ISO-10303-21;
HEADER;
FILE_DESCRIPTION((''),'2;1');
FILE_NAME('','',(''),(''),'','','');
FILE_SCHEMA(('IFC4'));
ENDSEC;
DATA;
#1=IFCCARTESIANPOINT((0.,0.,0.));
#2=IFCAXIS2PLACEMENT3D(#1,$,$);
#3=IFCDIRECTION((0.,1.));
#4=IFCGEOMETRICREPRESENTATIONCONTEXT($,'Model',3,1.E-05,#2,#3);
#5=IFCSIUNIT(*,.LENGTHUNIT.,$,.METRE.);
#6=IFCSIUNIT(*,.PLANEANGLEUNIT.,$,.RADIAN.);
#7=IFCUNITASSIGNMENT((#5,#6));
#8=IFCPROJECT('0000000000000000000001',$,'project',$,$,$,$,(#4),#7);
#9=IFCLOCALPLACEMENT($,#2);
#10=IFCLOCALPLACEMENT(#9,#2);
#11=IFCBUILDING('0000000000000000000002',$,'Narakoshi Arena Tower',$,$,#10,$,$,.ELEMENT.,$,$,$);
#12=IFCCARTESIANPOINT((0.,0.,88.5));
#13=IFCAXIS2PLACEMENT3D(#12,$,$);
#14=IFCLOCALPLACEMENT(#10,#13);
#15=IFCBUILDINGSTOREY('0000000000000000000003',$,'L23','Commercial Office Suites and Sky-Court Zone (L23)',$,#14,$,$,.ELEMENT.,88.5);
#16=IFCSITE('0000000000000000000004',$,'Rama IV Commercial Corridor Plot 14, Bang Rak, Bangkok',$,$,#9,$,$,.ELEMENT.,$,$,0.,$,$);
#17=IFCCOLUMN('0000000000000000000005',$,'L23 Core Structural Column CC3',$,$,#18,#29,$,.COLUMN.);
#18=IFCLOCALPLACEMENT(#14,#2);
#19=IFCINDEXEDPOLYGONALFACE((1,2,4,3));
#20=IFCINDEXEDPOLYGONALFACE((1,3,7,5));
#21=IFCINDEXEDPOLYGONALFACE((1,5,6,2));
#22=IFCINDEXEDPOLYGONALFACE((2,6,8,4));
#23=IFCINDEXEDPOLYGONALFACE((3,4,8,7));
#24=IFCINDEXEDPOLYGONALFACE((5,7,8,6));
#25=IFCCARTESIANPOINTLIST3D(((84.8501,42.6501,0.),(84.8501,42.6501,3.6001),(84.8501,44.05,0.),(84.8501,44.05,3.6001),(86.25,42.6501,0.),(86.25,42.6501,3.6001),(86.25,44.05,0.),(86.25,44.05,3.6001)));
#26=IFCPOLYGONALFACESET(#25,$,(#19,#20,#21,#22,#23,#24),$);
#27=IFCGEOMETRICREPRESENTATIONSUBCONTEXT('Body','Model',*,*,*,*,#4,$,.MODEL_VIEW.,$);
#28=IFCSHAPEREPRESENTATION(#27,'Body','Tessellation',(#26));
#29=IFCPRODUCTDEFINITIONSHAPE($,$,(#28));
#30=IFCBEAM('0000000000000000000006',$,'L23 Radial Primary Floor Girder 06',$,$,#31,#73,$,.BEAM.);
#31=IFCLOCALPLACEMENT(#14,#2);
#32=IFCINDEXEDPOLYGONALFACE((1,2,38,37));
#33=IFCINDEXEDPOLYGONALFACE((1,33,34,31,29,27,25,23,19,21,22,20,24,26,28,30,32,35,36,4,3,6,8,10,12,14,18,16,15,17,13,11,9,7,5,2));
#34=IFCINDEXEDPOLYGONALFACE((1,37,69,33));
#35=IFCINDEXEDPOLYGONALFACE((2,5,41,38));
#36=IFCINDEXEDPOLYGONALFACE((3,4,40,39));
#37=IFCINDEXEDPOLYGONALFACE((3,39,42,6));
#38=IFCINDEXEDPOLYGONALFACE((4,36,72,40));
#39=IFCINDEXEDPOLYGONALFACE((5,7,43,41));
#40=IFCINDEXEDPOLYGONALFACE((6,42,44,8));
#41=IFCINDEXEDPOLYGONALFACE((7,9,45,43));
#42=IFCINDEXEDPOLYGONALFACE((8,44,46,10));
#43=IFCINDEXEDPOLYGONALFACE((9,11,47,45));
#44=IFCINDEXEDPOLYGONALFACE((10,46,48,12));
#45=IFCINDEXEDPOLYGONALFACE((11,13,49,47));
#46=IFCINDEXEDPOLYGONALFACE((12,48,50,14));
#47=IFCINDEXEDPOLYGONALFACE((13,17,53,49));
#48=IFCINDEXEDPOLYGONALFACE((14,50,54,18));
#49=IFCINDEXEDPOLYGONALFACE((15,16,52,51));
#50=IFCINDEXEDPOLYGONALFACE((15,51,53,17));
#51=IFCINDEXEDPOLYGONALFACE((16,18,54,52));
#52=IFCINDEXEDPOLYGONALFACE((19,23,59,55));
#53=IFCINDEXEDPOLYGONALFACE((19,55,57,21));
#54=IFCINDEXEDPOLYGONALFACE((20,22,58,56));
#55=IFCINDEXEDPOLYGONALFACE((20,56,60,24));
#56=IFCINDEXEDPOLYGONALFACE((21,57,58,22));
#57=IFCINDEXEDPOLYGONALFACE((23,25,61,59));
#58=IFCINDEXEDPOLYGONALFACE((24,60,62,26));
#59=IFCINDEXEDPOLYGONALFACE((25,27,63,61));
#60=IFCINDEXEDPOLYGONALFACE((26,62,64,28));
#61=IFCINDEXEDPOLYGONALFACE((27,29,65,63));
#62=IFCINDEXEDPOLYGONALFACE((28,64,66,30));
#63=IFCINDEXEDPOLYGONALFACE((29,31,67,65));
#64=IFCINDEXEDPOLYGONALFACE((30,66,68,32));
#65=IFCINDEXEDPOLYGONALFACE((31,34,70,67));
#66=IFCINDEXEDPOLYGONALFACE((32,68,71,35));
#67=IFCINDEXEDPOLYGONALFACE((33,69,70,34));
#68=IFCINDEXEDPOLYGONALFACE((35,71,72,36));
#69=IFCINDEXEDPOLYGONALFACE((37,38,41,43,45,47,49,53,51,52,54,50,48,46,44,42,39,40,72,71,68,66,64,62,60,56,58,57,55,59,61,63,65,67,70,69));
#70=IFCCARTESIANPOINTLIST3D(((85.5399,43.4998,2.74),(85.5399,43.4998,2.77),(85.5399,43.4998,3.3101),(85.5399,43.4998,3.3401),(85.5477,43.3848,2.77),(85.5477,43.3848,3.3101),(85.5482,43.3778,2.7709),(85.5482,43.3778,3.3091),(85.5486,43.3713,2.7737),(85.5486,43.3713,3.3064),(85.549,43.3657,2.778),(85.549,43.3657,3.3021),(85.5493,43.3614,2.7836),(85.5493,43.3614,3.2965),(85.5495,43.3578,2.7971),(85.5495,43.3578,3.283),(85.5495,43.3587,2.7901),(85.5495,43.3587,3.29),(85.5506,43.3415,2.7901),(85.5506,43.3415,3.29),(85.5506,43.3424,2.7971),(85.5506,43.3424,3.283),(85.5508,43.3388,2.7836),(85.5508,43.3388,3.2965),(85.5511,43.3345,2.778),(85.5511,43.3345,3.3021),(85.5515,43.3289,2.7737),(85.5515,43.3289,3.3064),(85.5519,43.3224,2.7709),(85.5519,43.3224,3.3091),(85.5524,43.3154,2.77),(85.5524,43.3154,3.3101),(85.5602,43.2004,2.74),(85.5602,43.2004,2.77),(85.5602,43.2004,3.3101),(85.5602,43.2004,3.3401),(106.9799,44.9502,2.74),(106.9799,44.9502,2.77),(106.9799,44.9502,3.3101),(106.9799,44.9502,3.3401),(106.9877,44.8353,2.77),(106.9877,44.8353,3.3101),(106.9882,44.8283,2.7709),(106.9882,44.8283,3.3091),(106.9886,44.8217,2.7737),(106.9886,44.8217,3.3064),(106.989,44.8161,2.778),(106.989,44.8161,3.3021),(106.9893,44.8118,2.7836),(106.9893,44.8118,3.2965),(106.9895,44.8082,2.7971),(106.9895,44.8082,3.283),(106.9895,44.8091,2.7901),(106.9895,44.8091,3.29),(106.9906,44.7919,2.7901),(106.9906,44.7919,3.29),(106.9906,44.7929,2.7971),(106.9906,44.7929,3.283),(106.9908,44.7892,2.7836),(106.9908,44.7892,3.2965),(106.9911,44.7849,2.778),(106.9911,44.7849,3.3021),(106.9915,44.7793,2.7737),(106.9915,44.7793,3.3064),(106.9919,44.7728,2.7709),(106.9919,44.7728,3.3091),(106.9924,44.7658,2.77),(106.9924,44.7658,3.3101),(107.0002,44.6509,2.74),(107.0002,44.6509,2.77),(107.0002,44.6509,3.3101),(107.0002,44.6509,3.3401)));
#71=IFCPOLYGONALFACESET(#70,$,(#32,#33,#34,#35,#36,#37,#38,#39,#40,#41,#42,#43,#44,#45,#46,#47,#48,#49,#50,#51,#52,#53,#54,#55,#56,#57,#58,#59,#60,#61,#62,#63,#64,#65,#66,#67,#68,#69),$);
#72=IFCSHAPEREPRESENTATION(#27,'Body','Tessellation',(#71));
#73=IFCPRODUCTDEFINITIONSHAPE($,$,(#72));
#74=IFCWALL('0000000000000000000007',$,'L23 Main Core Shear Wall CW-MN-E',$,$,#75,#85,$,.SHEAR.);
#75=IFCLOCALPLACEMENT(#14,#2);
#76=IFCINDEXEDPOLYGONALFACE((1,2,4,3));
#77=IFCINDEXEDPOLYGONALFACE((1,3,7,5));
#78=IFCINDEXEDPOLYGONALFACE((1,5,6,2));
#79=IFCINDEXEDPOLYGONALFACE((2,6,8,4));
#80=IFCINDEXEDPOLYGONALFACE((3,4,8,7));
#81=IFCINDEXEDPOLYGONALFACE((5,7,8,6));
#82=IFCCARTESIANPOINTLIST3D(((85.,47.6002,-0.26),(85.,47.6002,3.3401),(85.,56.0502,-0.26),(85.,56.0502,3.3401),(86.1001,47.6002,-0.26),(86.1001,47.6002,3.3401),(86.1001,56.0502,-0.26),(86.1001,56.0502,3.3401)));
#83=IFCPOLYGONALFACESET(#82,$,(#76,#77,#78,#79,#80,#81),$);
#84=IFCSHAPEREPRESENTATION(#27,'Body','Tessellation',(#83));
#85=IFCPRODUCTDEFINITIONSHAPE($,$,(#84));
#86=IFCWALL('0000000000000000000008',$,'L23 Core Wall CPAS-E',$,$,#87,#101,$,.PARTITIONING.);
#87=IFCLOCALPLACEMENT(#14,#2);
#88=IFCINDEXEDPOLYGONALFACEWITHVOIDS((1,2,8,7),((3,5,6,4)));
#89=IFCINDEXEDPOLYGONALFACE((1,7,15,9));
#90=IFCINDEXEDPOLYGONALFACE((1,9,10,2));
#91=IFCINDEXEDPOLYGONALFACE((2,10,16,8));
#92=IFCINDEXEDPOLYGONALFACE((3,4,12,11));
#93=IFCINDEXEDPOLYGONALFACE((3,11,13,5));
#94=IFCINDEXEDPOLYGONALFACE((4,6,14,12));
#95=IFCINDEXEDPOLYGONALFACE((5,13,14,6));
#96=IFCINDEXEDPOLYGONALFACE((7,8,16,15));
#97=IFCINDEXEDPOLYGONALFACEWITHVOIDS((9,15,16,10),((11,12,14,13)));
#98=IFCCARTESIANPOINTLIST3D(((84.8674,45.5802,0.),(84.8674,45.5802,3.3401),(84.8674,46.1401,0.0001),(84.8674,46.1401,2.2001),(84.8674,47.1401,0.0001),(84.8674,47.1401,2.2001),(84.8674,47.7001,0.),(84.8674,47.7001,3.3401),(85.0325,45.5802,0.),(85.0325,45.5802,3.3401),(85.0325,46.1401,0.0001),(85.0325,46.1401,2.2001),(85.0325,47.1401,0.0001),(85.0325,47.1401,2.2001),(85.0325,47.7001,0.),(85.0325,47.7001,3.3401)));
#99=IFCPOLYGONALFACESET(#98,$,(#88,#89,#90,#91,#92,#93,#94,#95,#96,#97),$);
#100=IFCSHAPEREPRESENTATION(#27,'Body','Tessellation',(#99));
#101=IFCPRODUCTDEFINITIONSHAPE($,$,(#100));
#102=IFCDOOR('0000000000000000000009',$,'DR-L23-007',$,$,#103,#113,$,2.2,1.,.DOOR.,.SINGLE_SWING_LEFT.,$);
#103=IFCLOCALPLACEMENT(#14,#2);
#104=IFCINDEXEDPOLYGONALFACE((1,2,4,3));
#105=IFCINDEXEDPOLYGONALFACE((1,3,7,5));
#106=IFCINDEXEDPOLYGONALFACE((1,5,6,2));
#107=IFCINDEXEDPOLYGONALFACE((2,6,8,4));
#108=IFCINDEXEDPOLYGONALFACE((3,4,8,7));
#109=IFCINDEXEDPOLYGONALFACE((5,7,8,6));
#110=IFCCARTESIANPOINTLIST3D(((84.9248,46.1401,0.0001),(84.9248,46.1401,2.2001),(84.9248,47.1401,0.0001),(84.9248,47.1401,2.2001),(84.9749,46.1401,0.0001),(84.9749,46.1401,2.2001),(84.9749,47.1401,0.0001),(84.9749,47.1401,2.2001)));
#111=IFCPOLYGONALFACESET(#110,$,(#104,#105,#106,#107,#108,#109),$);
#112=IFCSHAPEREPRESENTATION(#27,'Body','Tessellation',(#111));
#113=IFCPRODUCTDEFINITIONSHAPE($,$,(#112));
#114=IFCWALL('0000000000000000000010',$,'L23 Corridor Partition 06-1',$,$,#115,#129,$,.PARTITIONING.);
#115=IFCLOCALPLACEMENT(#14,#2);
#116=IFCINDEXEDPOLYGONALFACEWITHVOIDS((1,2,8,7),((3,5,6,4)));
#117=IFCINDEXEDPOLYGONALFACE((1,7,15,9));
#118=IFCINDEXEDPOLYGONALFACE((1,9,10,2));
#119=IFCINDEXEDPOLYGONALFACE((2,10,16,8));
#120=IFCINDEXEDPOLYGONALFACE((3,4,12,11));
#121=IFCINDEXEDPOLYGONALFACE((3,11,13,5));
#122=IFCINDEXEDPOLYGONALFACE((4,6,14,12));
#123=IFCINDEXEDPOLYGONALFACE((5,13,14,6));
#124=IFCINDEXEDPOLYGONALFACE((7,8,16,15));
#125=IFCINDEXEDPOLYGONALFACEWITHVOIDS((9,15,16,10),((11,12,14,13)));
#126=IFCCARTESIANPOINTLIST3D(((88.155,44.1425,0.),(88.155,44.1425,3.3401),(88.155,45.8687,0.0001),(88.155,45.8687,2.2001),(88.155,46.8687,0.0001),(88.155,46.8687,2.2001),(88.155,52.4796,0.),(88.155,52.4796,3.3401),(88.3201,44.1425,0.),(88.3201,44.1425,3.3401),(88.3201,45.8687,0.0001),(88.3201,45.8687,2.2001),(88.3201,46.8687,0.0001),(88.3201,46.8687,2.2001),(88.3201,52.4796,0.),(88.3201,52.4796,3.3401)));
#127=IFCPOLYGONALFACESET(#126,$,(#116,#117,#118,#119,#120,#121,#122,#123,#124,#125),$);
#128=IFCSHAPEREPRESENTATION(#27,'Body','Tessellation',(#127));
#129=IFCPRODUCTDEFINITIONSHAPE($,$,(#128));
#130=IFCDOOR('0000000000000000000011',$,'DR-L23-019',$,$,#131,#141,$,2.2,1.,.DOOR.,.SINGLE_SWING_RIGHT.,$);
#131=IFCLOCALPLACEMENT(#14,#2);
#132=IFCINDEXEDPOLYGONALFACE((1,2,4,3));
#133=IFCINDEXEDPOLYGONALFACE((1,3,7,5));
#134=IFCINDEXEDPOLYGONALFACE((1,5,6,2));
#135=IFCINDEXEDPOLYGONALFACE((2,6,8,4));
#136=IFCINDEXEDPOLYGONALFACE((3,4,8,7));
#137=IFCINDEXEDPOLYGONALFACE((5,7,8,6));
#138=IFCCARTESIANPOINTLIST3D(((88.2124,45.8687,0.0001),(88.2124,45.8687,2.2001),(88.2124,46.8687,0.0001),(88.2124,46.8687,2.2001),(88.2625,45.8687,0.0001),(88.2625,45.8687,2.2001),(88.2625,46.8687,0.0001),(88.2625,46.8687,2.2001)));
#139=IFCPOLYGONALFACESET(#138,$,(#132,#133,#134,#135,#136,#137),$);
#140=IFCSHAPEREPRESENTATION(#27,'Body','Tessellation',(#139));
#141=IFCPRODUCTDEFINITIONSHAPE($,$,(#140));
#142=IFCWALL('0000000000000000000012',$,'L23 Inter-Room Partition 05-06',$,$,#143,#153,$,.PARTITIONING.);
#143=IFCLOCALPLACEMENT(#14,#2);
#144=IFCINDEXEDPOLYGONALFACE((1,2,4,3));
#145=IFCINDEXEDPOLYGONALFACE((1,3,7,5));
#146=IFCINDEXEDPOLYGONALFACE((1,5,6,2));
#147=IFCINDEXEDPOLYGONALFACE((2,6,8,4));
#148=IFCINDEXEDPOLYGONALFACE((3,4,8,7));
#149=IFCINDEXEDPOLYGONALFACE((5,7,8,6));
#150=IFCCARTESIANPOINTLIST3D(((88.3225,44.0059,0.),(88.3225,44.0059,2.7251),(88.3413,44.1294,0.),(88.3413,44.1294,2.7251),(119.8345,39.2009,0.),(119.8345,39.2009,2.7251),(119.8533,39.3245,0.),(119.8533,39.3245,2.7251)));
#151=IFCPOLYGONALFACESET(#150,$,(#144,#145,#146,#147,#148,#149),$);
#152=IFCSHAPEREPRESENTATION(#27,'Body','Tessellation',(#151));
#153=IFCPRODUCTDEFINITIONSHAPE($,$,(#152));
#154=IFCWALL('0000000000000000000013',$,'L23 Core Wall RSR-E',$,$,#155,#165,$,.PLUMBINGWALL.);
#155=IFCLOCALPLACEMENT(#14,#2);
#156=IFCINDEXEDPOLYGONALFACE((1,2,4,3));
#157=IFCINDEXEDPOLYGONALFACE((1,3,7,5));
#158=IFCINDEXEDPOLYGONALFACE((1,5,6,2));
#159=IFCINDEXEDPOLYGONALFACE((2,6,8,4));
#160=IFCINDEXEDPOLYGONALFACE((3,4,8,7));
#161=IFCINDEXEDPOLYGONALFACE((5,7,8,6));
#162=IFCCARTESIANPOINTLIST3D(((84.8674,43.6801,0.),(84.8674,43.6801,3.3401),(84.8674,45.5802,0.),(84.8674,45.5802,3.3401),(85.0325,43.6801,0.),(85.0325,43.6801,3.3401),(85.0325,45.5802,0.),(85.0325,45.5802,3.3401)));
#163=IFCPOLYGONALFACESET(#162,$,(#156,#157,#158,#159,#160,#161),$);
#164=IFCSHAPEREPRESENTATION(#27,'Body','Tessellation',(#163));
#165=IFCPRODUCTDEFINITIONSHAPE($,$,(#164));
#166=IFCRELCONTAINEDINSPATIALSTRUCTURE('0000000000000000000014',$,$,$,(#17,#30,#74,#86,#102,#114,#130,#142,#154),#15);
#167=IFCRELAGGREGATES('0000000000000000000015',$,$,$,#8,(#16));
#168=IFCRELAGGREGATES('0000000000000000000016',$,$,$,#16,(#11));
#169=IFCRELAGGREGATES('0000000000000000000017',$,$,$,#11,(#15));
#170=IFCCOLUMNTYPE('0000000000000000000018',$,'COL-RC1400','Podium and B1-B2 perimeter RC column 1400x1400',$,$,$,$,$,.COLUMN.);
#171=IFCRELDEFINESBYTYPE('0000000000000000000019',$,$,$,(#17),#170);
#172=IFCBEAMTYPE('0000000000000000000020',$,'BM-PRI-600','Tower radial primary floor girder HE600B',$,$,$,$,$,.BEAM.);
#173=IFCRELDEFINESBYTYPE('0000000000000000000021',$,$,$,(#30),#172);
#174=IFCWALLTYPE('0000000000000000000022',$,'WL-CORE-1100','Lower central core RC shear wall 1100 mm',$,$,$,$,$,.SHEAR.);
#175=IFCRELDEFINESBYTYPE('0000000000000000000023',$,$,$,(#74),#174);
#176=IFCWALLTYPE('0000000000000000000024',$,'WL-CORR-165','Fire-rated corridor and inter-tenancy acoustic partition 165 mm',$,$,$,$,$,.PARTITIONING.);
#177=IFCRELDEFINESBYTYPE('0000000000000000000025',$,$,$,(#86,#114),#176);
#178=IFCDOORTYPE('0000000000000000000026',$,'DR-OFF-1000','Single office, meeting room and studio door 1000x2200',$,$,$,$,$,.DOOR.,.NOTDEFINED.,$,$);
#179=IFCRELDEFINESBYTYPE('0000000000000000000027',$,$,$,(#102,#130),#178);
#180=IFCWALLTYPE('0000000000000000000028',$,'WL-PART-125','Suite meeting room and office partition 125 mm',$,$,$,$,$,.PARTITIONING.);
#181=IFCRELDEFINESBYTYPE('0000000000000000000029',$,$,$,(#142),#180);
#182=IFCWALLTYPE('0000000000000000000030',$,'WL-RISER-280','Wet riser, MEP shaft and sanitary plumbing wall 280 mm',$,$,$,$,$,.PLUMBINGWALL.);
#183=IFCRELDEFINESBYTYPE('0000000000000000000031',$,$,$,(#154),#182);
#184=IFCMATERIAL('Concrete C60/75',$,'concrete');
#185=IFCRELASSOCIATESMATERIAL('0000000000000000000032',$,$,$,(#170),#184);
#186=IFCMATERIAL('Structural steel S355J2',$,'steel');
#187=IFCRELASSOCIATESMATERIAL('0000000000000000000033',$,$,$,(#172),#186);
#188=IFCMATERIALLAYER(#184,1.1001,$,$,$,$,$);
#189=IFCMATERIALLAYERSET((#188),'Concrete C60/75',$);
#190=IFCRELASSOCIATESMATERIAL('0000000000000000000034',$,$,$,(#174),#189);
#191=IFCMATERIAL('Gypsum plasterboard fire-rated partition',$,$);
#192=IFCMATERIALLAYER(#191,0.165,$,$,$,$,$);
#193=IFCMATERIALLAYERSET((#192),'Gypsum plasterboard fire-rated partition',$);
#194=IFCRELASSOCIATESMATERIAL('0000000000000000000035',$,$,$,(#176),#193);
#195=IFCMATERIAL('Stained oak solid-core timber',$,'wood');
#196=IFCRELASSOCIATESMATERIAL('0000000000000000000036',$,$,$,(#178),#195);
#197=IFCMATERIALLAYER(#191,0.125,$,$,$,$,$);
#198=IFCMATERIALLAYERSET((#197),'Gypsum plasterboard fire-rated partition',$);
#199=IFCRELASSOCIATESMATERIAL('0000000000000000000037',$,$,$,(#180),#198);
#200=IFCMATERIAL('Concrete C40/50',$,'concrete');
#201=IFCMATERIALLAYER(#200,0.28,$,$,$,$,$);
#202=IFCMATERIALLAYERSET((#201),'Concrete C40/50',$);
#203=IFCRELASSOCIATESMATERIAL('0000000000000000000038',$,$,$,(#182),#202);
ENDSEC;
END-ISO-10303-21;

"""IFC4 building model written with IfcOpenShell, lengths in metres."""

from ifc_helpers import new_model, si_unit, direction, frame, frame_2d, origin, origin_2d, place, context, subcontext, project, spatial, rectangle, i_section, extrude, material, layer, layer_set, material_profile, profile_set, type_object, element, fill, save


model = new_model("IFC4")

# Units and contexts
model_context = context("Model", 3, precision=1e-05, world=origin(), true_north=direction((0.0, 1.0)))
body_context = subcontext(model_context, "Body", "Model", "MODEL_VIEW")
ifc_project = project(units=[si_unit("LENGTHUNIT", "METRE"), si_unit("PLANEANGLEUNIT", "RADIAN")], contexts=[model_context])

# Site, building, storey
site_placement = place(None, origin())
site = spatial("IfcSite", under=ifc_project, at=site_placement, Name="Rama IV Commercial Corridor Plot 14, Bang Rak, Bangkok", CompositionType="ELEMENT", RefElevation=0.0)
building_placement = place(site_placement, origin())
building = spatial("IfcBuilding", under=site, at=building_placement, Name="Narakoshi Arena Tower", CompositionType="ELEMENT")
storey_placement = place(building_placement, frame((0.0, 0.0, 88.5)))
storey = spatial("IfcBuildingStorey", under=building, at=storey_placement, Name="L23", Description="Commercial Office Suites and Sky-Court Zone (L23)", CompositionType="ELEMENT", Elevation=88.5)

# Column
ifc_material_1 = material(Name="Concrete C60/75", Category="concrete")
ifc_material_profile_1 = material_profile(ifc_material_1, rectangle(XDim=1.3999, YDim=1.3999, at=origin_2d()), Name="RC1400x1400")
ifc_profile_set_1 = profile_set([ifc_material_profile_1], Name="Concrete C60/75")
column_type = type_object("IfcColumnType", Name="COL-RC1400", Description="Podium and B1-B2 perimeter RC column 1400x1400", PredefinedType="COLUMN", material=ifc_profile_set_1)
column_placement = place(storey_placement, frame((85.55, 43.3501, 0.0), z_axis=(0.0, 0.0, 1.0), x_axis=(1.0, 0.0, 0.0)))
element("IfcColumn", 1, at=column_placement, inside=storey, type_object=column_type, Name="L23 Core Structural Column CC3", PredefinedType="COLUMN", context=body_context, shape_type="SweptSolid", body=[
    extrude(rectangle(XDim=1.3999, YDim=1.3999, at=origin_2d()), origin(), (0.0, 0.0, 1.0), 3.6001),
])

# Beam
ifc_material_2 = material(Name="Structural steel S355J2", Category="steel")
ifc_material_profile_2 = material_profile(ifc_material_2, i_section(OverallWidth=0.3, OverallDepth=0.6001, WebThickness=0.0154, FlangeThickness=0.03, FilletRadius=0.0271, at=origin_2d()), Name="HE600B")
ifc_profile_set_2 = profile_set([ifc_material_profile_2], Name="Structural steel S355J2")
beam_type = type_object("IfcBeamType", Name="BM-PRI-600", Description="Tower radial primary floor girder HE600B", PredefinedType="BEAM", material=ifc_profile_set_2)
beam_placement = place(storey_placement, frame((85.55, 43.3501, 3.04), z_axis=(0.997719, 0.067497, 0.0), x_axis=(-0.067497, 0.997719, 0.0)))
element("IfcBeam", 2, at=beam_placement, inside=storey, type_object=beam_type, Name="L23 Radial Primary Floor Girder 06", PredefinedType="BEAM", context=body_context, shape_type="SweptSolid", body=[
    extrude(i_section(OverallWidth=0.3, OverallDepth=0.6001, WebThickness=0.0154, FlangeThickness=0.03, FilletRadius=0.0271, at=origin_2d()), origin(), (0.0, 0.0, 1.0), 21.489),
])

# Wall
ifc_layer_1 = layer(ifc_material_1, 1.1001)
ifc_layer_set_1 = layer_set([ifc_layer_1], Name="Concrete C60/75")
wall_type_1 = type_object("IfcWallType", Name="WL-CORE-1100", Description="Lower central core RC shear wall 1100 mm", PredefinedType="SHEAR", material=ifc_layer_set_1)
wall_1_placement = place(storey_placement, frame((85.55, 47.6001, -0.26), z_axis=(0.0, 0.0, 1.0), x_axis=(0.0, 1.0, 0.0)))
element("IfcWall", 3, at=wall_1_placement, inside=storey, type_object=wall_type_1, Name="L23 Main Core Shear Wall CW-MN-E", PredefinedType="SHEAR", context=body_context, shape_type="SweptSolid", body=[
    extrude(rectangle(XDim=8.45, YDim=1.1001, at=frame_2d((4.2251, 0.0))), origin(), (0.0, 0.0, 1.0), 3.6001),
])

# Walls, openings, doors
ifc_material_3 = material(Name="Gypsum plasterboard fire-rated partition")
ifc_layer_2 = layer(ifc_material_3, 0.165)
ifc_layer_set_2 = layer_set([ifc_layer_2], Name="Gypsum plasterboard fire-rated partition")
wall_type_2 = type_object("IfcWallType", Name="WL-CORR-165", Description="Fire-rated corridor and inter-tenancy acoustic partition 165 mm", PredefinedType="PARTITIONING", material=ifc_layer_set_2)
wall_2_placement = place(storey_placement, frame((84.95, 45.5801, 0.0), z_axis=(0.0, 0.0, 1.0), x_axis=(0.0, 1.0, 0.0)))
wall_2 = element("IfcWall", 4, at=wall_2_placement, inside=storey, type_object=wall_type_2, Name="L23 Core Wall CPAS-E", PredefinedType="PARTITIONING", context=body_context, shape_type="SweptSolid", body=[
    extrude(rectangle(XDim=2.1199, YDim=0.165, at=frame_2d((1.0601, 0.0))), origin(), (0.0, 0.0, 1.0), 3.3401),
])
opening_1_placement = place(wall_2_placement, frame((0.5601, 0.0, 0.0)))
opening_1 = element("IfcOpeningElement", 5, at=opening_1_placement, cuts=wall_2, PredefinedType="OPENING", context=body_context, shape_type="SweptSolid", body=[
    extrude(rectangle(XDim=1.0, YDim=2.2, at=frame_2d((0.5, 1.1001))), frame((0.0, 0.0925, 0.0), z_axis=(0.0, -1.0, 0.0), x_axis=(1.0, 0.0, 0.0)), (0.0, 0.0, 1.0), 0.1851),
])
ifc_material_4 = material(Name="Stained oak solid-core timber", Category="wood")
door_type_1 = type_object("IfcDoorType", Name="DR-OFF-1000", Description="Single office, meeting room and studio door 1000x2200", OperationType="NOTDEFINED", PredefinedType="DOOR", material=ifc_material_4)
door_1_placement = place(opening_1_placement, frame((1.0, 0.0, 0.0), z_axis=(0.0, 0.0, 1.0), x_axis=(-1.0, 0.0, 0.0)))
door_1 = element("IfcDoor", 6, at=door_1_placement, inside=storey, type_object=door_type_1, Name="DR-L23-007", OperationType="SINGLE_SWING_LEFT", OverallHeight=2.2, OverallWidth=1.0, PredefinedType="DOOR", context=body_context, shape_type="SweptSolid", body=[
    extrude(rectangle(XDim=1.0, YDim=2.2, at=frame_2d((0.5, 1.1001))), frame((0.0, 0.0249, 0.0), z_axis=(0.0, -1.0, 0.0), x_axis=(1.0, 0.0, 0.0)), (0.0, 0.0, 1.0), 0.05),
])
fill(opening_1, door_1)
wall_3_placement = place(storey_placement, frame((88.2375, 44.1426, 0.0), z_axis=(0.0, 0.0, 1.0), x_axis=(0.0, 1.0, 0.0)))
wall_3 = element("IfcWall", 7, at=wall_3_placement, inside=storey, type_object=wall_type_2, Name="L23 Corridor Partition 06-1", PredefinedType="PARTITIONING", context=body_context, shape_type="SweptSolid", body=[
    extrude(rectangle(XDim=8.3372, YDim=0.165, at=frame_2d((4.1685, 0.0))), origin(), (0.0, 0.0, 1.0), 3.3401),
])
opening_2_placement = place(wall_3_placement, frame((1.7261, 0.0, 0.0)))
opening_2 = element("IfcOpeningElement", 8, at=opening_2_placement, cuts=wall_3, PredefinedType="OPENING", context=body_context, shape_type="SweptSolid", body=[
    extrude(rectangle(XDim=1.0, YDim=2.2, at=frame_2d((0.5, 1.1001))), frame((0.0, 0.0925, 0.0), z_axis=(0.0, -1.0, 0.0), x_axis=(1.0, 0.0, 0.0)), (0.0, 0.0, 1.0), 0.1851),
])
door_2_placement = place(opening_2_placement, frame((1.0, 0.0, 0.0), z_axis=(0.0, 0.0, 1.0), x_axis=(-1.0, 0.0, 0.0)))
door_2 = element("IfcDoor", 9, at=door_2_placement, inside=storey, type_object=door_type_1, Name="DR-L23-019", OperationType="SINGLE_SWING_RIGHT", OverallHeight=2.2, OverallWidth=1.0, PredefinedType="DOOR", context=body_context, shape_type="SweptSolid", body=[
    extrude(rectangle(XDim=1.0, YDim=2.2, at=frame_2d((0.5, 1.1001))), frame((0.0, 0.0249, 0.0), z_axis=(0.0, -1.0, 0.0), x_axis=(1.0, 0.0, 0.0)), (0.0, 0.0, 1.0), 0.05),
])
fill(opening_2, door_2)

# Walls
ifc_layer_3 = layer(ifc_material_3, 0.125)
ifc_layer_set_3 = layer_set([ifc_layer_3], Name="Gypsum plasterboard fire-rated partition")
wall_type_3 = type_object("IfcWallType", Name="WL-PART-125", Description="Suite meeting room and office partition 125 mm", PredefinedType="PARTITIONING", material=ifc_layer_set_3)
wall_4_placement = place(storey_placement, frame((88.332, 44.0676, 0.0), z_axis=(0.0, 0.0, 1.0), x_axis=(0.988574, -0.150737, 0.0)))
element("IfcWall", 10, at=wall_4_placement, inside=storey, type_object=wall_type_3, Name="L23 Inter-Room Partition 05-06", PredefinedType="PARTITIONING", context=body_context, shape_type="SweptSolid", body=[
    extrude(rectangle(XDim=31.8762, YDim=0.125, at=frame_2d((15.938, 0.0))), origin(), (0.0, 0.0, 1.0), 2.7251),
])
ifc_material_5 = material(Name="Concrete C40/50", Category="concrete")
ifc_layer_4 = layer(ifc_material_5, 0.28)
ifc_layer_set_4 = layer_set([ifc_layer_4], Name="Concrete C40/50")
wall_type_4 = type_object("IfcWallType", Name="WL-RISER-280", Description="Wet riser, MEP shaft and sanitary plumbing wall 280 mm", PredefinedType="PLUMBINGWALL", material=ifc_layer_set_4)
wall_5_placement = place(storey_placement, frame((84.95, 43.6799, 0.0), z_axis=(0.0, 0.0, 1.0), x_axis=(0.0, 1.0, 0.0)))
element("IfcWall", 11, at=wall_5_placement, inside=storey, type_object=wall_type_4, Name="L23 Core Wall RSR-E", PredefinedType="PLUMBINGWALL", context=body_context, shape_type="SweptSolid", body=[
    extrude(rectangle(XDim=1.9001, YDim=0.165, at=frame_2d((0.9502, 0.0))), origin(), (0.0, 0.0, 1.0), 3.3401),
])

save(model, "model.ifc")
